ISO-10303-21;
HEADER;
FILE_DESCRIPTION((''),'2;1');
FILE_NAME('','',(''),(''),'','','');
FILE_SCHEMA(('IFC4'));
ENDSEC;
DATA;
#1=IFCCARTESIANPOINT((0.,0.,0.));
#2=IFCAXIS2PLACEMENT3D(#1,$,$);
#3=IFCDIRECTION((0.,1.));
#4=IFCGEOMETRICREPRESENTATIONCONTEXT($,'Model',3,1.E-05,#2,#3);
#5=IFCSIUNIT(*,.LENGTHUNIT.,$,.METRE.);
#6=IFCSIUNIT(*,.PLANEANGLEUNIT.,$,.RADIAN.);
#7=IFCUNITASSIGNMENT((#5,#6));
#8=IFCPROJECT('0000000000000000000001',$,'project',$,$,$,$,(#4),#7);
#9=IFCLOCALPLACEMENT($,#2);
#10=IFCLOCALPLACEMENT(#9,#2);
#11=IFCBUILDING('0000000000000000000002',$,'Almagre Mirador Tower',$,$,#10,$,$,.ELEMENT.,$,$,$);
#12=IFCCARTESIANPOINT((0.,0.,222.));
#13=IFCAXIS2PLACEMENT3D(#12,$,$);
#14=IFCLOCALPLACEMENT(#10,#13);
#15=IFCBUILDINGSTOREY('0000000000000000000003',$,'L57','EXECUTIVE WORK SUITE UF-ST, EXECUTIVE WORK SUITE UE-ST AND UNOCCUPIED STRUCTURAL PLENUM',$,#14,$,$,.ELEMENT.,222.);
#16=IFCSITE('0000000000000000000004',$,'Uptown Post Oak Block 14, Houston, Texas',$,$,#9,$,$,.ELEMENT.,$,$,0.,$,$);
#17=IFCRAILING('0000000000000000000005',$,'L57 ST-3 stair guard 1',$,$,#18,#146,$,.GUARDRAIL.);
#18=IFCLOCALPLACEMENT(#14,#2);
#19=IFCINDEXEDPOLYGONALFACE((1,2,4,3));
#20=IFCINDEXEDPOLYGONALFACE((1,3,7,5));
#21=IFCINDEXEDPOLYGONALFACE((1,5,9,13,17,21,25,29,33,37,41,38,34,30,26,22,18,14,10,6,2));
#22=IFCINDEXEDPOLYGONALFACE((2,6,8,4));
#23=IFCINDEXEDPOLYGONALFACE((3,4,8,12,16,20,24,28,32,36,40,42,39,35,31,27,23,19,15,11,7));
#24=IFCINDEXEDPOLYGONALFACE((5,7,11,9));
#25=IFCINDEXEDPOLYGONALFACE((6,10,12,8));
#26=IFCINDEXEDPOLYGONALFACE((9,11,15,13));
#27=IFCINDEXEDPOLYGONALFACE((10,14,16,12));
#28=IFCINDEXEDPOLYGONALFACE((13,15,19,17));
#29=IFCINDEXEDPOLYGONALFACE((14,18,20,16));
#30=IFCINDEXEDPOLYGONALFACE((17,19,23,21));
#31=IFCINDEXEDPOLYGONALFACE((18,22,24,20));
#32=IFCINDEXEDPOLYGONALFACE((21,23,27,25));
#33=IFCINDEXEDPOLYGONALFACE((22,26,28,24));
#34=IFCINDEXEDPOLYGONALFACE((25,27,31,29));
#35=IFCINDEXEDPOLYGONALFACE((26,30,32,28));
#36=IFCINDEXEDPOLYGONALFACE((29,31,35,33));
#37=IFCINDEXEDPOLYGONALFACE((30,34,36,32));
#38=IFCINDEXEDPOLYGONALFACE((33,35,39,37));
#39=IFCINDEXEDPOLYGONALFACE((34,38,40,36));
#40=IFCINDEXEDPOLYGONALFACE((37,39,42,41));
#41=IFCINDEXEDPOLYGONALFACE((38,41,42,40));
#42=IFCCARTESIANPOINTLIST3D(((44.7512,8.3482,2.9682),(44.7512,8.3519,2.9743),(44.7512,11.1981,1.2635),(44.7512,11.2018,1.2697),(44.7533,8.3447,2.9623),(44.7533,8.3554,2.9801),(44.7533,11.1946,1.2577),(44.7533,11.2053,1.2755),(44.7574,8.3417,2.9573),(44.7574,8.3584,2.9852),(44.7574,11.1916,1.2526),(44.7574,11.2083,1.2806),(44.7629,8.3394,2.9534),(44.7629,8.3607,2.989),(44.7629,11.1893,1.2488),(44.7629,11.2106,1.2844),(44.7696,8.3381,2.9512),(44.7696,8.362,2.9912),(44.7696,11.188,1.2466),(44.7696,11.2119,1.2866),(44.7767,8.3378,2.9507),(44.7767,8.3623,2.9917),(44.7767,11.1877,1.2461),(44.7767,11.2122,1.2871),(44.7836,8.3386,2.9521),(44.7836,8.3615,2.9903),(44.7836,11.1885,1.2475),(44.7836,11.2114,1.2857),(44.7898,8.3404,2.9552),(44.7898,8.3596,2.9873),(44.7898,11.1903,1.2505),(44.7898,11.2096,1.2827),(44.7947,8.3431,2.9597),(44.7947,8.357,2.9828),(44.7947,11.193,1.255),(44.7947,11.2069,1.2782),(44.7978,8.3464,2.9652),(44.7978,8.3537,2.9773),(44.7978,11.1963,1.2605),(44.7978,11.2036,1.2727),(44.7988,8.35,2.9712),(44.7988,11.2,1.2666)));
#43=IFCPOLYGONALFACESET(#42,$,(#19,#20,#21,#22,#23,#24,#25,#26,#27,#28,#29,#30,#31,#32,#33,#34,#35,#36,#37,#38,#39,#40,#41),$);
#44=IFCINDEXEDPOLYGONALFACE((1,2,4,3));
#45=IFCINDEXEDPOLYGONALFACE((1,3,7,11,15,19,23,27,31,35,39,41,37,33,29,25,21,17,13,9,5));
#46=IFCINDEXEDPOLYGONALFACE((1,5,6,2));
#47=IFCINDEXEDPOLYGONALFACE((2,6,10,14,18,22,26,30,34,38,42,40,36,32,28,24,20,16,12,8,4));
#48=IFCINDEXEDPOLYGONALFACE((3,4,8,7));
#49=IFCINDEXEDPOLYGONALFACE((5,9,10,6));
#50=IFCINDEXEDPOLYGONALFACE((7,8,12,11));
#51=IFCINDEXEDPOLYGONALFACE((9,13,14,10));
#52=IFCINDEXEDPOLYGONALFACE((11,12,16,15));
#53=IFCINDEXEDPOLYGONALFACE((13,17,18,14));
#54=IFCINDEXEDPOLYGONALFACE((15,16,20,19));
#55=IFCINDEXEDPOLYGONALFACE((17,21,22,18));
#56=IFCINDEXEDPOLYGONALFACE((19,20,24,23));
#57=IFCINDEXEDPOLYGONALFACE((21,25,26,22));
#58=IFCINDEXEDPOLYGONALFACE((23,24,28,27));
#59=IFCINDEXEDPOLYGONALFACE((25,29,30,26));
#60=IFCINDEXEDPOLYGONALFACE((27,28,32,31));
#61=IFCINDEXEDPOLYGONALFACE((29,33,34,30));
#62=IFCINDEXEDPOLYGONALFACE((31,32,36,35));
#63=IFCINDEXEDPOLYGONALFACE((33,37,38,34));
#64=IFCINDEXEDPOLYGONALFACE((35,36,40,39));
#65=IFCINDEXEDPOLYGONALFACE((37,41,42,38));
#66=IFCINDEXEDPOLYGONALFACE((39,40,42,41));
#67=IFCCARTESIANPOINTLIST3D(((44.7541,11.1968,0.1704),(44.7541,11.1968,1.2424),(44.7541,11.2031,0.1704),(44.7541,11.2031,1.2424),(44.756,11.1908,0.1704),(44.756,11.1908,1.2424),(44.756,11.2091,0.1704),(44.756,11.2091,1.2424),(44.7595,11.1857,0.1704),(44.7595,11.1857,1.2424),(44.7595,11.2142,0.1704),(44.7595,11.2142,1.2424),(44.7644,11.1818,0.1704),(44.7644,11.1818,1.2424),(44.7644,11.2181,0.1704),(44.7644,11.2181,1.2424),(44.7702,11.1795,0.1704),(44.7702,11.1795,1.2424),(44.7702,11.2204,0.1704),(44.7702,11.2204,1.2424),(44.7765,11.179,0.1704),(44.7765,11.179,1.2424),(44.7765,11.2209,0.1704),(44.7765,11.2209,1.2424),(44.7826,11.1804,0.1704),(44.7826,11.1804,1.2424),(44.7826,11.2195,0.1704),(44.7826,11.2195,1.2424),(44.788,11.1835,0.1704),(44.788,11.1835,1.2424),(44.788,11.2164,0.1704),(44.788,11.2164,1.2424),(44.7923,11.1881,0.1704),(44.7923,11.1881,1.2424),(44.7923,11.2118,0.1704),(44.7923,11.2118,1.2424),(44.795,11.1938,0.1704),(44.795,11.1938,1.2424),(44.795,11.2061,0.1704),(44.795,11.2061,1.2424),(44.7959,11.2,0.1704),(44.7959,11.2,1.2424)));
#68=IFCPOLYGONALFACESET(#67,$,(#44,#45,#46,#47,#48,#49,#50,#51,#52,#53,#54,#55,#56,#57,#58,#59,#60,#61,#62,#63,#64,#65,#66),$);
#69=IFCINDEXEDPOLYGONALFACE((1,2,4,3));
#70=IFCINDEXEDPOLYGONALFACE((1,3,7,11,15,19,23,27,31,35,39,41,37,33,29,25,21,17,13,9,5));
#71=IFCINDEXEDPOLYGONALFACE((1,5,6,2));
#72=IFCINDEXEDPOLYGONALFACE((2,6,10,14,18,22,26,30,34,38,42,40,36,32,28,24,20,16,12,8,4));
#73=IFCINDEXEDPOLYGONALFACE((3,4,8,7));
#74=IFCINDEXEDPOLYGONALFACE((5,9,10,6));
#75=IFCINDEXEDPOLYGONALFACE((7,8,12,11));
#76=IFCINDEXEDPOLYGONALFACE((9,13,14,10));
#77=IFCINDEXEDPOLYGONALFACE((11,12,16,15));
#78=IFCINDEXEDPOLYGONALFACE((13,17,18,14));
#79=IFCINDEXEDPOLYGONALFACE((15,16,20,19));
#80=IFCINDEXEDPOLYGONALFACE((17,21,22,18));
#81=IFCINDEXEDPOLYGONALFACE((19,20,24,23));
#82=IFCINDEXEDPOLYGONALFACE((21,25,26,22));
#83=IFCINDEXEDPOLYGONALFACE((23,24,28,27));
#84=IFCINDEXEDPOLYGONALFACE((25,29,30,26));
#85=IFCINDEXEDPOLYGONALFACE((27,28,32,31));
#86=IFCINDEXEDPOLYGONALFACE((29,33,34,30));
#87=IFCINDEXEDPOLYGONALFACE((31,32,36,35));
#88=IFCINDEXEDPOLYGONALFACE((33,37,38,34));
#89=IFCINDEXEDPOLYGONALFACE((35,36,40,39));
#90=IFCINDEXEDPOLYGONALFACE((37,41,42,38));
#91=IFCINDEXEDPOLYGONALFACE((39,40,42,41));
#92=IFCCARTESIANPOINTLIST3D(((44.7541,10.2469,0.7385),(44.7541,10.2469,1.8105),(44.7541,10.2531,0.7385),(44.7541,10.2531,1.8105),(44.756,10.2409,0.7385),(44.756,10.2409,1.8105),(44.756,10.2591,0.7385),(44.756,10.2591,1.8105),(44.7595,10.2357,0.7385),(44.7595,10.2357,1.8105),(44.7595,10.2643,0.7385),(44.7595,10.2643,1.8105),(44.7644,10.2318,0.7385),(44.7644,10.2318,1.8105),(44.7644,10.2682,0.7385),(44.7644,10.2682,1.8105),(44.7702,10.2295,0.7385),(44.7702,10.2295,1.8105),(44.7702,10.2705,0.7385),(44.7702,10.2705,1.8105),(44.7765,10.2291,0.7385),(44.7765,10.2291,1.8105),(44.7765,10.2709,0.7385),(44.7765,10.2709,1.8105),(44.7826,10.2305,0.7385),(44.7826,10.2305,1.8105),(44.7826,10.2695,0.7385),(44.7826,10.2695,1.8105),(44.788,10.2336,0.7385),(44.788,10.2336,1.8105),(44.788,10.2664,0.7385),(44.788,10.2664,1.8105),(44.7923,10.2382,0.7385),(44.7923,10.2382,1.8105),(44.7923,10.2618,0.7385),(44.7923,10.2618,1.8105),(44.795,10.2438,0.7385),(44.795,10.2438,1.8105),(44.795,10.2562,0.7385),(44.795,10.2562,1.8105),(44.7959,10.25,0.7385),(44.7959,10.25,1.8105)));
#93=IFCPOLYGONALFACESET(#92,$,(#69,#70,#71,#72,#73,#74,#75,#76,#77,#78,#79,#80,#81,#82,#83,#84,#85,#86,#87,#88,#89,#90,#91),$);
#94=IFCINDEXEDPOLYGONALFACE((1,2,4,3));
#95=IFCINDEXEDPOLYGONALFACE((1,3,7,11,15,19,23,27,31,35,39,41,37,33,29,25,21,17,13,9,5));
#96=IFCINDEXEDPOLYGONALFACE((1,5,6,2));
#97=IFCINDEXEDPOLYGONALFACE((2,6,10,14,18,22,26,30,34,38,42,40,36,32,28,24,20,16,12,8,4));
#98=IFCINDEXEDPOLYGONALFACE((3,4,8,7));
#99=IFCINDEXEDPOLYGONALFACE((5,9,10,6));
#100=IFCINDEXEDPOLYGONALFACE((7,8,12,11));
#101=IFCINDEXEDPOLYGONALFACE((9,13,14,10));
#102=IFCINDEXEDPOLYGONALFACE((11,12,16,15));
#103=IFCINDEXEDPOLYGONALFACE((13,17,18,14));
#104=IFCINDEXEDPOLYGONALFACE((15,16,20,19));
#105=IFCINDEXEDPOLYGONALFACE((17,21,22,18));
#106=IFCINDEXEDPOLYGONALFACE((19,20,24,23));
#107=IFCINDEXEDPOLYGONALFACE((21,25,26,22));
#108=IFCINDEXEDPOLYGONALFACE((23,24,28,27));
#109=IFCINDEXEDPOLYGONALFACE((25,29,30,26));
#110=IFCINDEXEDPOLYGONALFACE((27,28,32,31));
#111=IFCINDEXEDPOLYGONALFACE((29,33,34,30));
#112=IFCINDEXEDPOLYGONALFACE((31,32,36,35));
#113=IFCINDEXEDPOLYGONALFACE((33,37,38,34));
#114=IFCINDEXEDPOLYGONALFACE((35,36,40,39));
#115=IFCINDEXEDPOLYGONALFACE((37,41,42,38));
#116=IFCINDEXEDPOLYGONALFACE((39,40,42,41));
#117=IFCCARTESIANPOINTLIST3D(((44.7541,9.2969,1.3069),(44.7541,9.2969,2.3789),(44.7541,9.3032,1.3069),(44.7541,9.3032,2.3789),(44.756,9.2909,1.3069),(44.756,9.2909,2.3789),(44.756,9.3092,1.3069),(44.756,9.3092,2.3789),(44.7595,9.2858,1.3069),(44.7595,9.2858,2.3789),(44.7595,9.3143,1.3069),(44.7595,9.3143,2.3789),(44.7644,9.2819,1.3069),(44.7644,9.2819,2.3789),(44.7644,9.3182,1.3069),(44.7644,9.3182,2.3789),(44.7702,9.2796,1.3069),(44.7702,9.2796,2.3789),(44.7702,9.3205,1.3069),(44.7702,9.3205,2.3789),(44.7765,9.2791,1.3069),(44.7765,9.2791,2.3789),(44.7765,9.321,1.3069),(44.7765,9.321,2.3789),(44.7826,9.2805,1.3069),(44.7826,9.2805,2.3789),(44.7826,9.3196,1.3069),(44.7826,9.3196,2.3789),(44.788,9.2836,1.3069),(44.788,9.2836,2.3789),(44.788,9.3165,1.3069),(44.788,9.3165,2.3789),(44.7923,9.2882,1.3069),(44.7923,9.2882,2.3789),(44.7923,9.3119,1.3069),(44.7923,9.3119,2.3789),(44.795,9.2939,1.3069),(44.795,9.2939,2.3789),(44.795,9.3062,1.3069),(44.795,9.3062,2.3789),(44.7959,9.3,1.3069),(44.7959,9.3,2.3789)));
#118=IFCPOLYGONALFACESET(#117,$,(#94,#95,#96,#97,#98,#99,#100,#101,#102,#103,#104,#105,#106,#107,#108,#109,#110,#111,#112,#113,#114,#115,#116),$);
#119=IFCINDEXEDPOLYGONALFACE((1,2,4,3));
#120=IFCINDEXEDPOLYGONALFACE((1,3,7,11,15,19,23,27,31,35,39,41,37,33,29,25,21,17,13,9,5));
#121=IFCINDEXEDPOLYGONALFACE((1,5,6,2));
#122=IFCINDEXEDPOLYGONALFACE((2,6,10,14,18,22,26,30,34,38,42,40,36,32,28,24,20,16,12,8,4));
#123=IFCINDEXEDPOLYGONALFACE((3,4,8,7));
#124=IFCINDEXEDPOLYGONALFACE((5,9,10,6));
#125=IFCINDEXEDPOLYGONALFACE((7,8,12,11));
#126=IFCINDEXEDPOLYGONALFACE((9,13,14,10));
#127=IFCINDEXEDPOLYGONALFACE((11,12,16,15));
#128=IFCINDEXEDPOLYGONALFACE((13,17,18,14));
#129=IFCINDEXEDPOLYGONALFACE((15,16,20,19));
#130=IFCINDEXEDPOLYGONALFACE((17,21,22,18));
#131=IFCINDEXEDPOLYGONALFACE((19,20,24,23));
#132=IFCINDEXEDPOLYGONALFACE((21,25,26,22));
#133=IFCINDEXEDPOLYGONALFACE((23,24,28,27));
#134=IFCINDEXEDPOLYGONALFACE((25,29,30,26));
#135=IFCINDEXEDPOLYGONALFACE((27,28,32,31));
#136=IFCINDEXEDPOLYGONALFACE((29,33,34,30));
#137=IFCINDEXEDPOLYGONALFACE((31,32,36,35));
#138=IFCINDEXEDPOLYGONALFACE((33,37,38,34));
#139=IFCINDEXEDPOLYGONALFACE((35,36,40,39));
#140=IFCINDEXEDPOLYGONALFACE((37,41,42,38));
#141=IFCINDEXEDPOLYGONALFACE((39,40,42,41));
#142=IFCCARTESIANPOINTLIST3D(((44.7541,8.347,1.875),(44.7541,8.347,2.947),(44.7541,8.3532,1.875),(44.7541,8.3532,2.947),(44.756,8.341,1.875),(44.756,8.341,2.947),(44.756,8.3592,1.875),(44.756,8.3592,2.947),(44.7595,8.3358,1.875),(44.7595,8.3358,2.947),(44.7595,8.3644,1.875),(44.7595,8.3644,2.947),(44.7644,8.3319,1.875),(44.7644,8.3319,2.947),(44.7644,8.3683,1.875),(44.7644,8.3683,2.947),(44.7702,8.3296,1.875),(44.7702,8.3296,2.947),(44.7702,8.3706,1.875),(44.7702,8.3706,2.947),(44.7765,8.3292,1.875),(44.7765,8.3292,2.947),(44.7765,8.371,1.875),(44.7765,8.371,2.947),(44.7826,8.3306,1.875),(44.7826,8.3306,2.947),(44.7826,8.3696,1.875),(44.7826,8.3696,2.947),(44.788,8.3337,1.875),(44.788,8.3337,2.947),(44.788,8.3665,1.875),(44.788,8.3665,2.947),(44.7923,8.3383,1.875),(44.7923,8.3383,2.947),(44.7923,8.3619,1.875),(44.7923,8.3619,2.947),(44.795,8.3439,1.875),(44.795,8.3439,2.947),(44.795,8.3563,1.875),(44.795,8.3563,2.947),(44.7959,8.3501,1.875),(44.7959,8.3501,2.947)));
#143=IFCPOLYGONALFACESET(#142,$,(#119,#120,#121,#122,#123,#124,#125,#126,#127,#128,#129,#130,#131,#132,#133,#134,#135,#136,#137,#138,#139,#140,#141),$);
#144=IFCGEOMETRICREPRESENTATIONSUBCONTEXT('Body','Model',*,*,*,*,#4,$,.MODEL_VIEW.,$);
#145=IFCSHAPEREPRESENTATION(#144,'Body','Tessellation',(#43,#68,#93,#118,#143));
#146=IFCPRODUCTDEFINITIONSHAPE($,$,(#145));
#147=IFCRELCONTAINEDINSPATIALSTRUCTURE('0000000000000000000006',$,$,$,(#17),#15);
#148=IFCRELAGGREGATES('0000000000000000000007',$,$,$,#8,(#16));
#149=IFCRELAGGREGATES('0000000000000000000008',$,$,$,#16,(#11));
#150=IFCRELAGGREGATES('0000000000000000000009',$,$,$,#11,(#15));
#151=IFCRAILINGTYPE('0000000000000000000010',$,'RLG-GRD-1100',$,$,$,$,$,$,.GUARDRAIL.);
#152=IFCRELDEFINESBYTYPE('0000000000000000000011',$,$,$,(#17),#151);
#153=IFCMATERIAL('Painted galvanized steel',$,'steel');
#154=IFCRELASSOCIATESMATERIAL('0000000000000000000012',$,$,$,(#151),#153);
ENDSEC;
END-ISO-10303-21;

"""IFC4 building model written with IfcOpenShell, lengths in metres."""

from ifc_helpers import new_model, si_unit, direction, frame, origin, origin_2d, place, context, subcontext, project, spatial, circle, extrude, material, type_object, element, save


model = new_model("IFC4")

# Units and contexts
model_context = context("Model", 3, precision=1e-05, world=origin(), true_north=direction((0.0, 1.0)))
body_context = subcontext(model_context, "Body", "Model", "MODEL_VIEW")
ifc_project = project(units=[si_unit("LENGTHUNIT", "METRE"), si_unit("PLANEANGLEUNIT", "RADIAN")], contexts=[model_context])

# Site, building, storey
site_placement = place(None, origin())
site = spatial("IfcSite", under=ifc_project, at=site_placement, Name="Uptown Post Oak Block 14, Houston, Texas", CompositionType="ELEMENT", RefElevation=0.0)
building_placement = place(site_placement, origin())
building = spatial("IfcBuilding", under=site, at=building_placement, Name="Almagre Mirador Tower", CompositionType="ELEMENT")
storey_placement = place(building_placement, frame((0.0, 0.0, 222.0)))
storey = spatial("IfcBuildingStorey", under=building, at=storey_placement, Name="L57", Description="EXECUTIVE WORK SUITE UF-ST, EXECUTIVE WORK SUITE UE-ST AND UNOCCUPIED STRUCTURAL PLENUM", CompositionType="ELEMENT", Elevation=222.0)

# Railing
ifc_material_1 = material(Name="Painted galvanized steel", Category="steel")
railing_type_1 = type_object("IfcRailingType", Name="RLG-GRD-1100", PredefinedType="GUARDRAIL", material=ifc_material_1)
railing_1_placement = place(storey_placement, frame((44.7749, 11.2, 0.1704)))
element("IfcRailing", 1, at=railing_1_placement, inside=storey, type_object=railing_type_1, Name="L57 ST-3 stair guard 1", PredefinedType="GUARDRAIL", context=body_context, shape_type="SweptSolid", body=[
    extrude(circle(Radius=0.0239, at=origin_2d()), frame((0.0, 0.0, 1.0962), z_axis=(0.0, -0.858199, 0.513317), x_axis=(1.0, 0.0, 0.0)), (0.0, 0.0, 1.0), 3.3208),
    extrude(circle(Radius=0.021, at=origin_2d()), origin(), (0.0, 0.0, 1.0), 1.072),
    extrude(circle(Radius=0.021, at=origin_2d()), frame((0.0, -0.95, 0.5681)), (0.0, 0.0, 1.0), 1.072),
    extrude(circle(Radius=0.021, at=origin_2d()), frame((0.0, -1.8999, 1.1365)), (0.0, 0.0, 1.0), 1.072),
    extrude(circle(Radius=0.021, at=origin_2d()), frame((0.0, -2.8499, 1.7046)), (0.0, 0.0, 1.0), 1.072),
])

save(model, "model.ifc")
